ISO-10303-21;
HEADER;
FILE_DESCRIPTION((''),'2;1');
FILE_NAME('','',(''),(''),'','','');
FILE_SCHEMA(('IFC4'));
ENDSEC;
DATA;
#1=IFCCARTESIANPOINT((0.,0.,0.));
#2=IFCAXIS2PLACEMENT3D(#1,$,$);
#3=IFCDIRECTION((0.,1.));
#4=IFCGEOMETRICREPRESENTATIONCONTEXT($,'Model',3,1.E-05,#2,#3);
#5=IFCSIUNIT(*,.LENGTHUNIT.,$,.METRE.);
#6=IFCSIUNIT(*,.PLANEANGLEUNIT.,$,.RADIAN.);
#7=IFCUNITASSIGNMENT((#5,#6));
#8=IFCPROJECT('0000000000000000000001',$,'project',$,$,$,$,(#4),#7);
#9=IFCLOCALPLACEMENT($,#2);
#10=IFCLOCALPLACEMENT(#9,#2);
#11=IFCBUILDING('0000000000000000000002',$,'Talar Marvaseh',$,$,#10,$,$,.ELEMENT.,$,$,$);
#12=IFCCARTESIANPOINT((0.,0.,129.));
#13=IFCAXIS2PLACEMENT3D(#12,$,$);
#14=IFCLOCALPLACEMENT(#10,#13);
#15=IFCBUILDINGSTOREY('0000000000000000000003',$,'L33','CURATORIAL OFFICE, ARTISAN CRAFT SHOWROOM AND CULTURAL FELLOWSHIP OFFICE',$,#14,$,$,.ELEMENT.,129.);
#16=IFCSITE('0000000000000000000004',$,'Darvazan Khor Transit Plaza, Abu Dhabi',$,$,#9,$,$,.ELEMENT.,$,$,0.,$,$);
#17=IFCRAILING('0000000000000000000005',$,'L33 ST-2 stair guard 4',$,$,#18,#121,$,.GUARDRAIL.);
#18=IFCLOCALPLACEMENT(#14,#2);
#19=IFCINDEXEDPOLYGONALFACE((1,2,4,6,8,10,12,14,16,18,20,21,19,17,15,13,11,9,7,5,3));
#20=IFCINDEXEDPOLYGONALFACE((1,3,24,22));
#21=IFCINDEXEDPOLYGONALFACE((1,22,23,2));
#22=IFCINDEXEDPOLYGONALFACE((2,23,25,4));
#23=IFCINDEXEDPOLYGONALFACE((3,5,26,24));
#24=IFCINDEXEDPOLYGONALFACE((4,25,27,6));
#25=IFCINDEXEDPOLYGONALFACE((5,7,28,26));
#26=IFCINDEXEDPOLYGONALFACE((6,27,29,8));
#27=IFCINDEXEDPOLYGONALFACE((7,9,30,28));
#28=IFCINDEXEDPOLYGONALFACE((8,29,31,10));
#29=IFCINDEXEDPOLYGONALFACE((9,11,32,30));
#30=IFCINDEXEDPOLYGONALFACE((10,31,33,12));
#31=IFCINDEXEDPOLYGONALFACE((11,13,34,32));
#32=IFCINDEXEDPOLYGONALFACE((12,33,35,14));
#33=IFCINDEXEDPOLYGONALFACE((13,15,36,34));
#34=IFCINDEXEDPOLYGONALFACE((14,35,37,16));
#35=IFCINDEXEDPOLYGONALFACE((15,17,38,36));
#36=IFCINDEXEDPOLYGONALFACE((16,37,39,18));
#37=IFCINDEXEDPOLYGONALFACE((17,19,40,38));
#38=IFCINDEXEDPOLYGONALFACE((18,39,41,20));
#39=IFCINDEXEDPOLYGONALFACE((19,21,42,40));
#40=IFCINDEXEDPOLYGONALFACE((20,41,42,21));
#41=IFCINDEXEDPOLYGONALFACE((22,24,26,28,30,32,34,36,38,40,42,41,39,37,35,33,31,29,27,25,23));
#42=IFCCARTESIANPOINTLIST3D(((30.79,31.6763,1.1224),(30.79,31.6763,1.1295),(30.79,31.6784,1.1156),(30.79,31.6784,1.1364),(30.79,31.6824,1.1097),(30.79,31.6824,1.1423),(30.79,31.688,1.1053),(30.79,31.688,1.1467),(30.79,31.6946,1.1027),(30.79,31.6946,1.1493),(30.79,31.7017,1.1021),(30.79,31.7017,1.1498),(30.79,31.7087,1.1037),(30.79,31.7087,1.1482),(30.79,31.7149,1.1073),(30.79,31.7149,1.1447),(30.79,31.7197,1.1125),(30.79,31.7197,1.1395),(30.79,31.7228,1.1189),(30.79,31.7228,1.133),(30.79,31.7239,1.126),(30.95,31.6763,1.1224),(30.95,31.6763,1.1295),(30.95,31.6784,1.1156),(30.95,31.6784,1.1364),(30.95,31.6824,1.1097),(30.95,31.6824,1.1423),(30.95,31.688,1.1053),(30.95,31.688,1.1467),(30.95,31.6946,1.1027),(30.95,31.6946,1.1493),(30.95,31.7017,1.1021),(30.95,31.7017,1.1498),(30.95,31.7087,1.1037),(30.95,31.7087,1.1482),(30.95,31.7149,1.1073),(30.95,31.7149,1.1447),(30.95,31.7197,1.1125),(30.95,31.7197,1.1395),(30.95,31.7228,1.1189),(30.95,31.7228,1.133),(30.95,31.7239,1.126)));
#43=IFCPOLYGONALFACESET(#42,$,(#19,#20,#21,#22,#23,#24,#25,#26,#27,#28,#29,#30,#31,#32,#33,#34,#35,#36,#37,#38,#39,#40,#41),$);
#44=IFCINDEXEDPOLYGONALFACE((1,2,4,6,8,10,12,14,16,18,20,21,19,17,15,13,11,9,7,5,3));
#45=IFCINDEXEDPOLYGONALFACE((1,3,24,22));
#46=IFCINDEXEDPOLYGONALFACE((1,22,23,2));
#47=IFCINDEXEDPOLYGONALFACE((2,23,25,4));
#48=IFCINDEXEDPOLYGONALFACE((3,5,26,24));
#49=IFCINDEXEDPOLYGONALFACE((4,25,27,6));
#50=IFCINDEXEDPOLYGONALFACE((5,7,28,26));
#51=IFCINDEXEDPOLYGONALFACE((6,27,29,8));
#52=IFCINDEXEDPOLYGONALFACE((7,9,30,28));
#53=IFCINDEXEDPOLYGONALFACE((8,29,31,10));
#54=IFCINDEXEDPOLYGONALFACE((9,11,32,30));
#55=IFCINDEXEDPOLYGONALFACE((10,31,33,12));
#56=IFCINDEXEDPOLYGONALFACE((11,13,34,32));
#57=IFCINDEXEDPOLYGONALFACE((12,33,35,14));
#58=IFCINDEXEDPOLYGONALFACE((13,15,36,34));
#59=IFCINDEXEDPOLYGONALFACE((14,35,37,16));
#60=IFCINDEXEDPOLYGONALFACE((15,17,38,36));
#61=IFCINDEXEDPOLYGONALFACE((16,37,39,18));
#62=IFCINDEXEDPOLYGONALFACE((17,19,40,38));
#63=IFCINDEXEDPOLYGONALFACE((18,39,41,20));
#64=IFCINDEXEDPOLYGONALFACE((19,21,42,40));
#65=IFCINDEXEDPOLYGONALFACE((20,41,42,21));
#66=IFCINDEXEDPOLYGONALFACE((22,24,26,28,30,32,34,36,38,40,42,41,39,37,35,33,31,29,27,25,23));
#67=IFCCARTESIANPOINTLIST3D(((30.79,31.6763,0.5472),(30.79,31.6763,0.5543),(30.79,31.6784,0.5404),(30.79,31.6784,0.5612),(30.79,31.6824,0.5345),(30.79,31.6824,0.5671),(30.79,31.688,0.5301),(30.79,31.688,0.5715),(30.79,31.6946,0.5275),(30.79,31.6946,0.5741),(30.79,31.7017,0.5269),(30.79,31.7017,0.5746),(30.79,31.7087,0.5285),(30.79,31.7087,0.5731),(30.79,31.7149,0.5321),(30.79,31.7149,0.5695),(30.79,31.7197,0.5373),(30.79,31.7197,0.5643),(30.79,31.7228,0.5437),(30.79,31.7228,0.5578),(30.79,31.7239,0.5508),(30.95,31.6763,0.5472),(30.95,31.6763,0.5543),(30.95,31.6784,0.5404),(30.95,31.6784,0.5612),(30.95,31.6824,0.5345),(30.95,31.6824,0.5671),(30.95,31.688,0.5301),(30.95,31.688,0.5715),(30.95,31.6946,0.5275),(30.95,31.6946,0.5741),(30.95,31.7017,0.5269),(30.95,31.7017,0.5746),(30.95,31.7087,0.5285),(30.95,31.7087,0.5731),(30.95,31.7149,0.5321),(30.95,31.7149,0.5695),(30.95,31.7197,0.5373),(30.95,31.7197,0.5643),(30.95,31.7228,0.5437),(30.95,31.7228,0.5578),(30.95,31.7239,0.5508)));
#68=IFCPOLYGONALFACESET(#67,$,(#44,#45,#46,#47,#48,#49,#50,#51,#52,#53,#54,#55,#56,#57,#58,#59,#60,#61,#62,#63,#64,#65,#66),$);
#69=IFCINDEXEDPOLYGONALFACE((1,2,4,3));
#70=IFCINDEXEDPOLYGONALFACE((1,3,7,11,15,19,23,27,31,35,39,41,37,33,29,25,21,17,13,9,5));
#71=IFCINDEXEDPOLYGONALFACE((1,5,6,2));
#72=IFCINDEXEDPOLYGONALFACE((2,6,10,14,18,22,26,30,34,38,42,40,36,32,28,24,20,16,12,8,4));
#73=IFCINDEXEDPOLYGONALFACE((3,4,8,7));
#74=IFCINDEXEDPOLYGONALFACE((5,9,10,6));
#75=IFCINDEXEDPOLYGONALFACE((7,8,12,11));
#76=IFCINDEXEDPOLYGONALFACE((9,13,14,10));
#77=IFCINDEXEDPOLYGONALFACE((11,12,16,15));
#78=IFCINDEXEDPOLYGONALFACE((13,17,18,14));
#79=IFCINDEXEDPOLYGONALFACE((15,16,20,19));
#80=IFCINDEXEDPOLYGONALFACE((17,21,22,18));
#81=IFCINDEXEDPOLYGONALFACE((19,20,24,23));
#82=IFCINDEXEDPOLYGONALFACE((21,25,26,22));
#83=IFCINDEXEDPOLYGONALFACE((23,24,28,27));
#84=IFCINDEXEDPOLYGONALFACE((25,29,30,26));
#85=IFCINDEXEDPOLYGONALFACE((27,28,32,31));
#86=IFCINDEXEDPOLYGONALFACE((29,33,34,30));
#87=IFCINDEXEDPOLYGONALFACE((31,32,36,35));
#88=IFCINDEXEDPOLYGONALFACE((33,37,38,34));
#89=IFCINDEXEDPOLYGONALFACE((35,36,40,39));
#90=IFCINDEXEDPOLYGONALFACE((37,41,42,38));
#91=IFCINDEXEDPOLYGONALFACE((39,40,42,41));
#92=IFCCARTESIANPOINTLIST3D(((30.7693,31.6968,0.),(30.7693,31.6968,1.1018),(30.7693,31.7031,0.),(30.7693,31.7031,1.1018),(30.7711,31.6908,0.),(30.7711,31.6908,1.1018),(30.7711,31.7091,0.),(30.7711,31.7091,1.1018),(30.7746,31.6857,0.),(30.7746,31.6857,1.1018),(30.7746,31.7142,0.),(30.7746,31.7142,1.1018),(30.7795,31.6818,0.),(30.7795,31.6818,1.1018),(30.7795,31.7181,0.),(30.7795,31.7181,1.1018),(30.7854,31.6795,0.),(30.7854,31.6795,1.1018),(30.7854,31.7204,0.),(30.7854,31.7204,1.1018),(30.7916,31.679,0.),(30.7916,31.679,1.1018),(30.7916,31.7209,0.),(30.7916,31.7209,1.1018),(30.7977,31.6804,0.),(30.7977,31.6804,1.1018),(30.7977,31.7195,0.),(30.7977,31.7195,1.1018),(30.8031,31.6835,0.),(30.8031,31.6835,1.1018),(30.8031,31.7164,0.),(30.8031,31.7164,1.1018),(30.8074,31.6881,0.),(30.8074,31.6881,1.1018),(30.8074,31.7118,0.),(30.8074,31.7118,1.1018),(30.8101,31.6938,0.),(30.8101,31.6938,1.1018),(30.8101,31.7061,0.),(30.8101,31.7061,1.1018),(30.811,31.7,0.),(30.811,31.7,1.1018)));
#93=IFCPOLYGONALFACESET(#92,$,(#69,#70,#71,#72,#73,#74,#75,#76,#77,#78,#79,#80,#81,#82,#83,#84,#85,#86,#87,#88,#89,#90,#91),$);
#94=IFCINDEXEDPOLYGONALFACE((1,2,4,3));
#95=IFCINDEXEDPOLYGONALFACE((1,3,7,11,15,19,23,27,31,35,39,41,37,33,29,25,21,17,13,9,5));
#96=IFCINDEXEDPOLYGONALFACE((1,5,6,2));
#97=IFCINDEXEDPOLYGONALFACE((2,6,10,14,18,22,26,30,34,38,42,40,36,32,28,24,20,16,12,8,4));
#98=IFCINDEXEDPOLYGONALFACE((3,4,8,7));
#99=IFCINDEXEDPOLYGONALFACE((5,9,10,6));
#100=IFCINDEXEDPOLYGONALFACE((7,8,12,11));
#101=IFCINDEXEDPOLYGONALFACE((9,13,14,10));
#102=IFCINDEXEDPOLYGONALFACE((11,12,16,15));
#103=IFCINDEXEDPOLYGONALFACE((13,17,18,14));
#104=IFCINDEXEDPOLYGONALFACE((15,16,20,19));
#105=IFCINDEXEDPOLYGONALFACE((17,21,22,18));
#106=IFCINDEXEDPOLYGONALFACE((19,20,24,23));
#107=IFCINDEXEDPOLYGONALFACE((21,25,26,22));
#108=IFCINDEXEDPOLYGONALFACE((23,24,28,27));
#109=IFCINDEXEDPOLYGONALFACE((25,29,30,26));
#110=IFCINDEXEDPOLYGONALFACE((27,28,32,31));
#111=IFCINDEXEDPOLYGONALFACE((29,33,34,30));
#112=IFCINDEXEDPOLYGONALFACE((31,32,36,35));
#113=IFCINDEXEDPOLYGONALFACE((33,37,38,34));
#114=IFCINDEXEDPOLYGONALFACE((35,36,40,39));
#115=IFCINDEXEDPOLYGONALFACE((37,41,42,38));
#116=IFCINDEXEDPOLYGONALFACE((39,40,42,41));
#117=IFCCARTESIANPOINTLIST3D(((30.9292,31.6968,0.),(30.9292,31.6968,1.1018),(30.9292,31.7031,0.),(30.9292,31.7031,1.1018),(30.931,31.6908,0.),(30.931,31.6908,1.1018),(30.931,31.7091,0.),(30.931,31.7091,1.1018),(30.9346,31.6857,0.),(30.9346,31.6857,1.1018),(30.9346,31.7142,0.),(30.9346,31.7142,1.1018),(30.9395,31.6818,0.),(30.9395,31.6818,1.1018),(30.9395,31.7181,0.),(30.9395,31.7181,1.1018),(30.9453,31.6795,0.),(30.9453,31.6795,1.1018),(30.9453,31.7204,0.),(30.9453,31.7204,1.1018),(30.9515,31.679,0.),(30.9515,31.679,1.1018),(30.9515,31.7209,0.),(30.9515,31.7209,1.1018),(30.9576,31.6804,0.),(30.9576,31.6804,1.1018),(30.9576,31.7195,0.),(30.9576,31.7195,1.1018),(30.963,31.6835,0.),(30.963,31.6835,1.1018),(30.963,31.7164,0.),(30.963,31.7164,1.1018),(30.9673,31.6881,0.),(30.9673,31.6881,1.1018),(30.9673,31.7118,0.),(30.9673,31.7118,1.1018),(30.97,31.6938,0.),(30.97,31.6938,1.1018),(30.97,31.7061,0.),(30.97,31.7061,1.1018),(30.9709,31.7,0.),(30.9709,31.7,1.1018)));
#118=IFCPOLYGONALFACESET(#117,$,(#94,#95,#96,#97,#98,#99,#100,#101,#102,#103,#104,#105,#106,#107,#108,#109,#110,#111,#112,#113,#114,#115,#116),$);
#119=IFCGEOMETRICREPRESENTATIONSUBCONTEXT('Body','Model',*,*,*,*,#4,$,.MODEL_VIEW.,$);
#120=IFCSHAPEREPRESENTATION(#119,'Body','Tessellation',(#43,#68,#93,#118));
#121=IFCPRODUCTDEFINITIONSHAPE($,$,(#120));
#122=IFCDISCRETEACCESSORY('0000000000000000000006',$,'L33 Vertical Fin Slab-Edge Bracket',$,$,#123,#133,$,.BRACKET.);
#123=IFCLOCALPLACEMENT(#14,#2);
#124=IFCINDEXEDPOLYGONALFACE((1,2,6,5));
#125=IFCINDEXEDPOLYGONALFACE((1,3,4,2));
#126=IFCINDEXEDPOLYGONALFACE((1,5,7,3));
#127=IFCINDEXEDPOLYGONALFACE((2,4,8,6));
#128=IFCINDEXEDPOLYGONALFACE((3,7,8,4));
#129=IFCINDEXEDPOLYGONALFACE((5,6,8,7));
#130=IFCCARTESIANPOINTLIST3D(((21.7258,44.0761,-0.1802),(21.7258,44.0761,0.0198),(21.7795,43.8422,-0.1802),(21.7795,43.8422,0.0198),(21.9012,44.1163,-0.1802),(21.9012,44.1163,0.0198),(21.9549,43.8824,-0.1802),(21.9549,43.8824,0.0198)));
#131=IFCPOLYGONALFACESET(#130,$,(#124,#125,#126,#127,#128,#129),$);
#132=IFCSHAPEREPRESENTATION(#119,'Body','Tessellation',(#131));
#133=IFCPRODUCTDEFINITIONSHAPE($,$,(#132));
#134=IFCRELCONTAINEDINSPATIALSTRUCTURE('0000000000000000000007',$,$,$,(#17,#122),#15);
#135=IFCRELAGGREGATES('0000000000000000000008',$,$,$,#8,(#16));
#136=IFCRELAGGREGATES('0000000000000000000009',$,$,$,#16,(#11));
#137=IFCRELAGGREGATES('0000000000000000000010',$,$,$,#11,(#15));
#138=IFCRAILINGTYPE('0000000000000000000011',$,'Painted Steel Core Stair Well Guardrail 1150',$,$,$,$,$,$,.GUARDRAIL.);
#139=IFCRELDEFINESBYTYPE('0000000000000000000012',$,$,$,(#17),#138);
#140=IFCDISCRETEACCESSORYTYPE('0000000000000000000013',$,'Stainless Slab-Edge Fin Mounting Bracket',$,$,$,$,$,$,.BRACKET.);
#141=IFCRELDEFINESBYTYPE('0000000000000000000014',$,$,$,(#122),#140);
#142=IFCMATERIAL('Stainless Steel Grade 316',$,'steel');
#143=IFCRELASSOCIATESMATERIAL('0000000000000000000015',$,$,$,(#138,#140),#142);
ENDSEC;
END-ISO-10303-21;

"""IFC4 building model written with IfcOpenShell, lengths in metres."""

from ifc_helpers import new_model, si_unit, direction, frame, origin, origin_2d, place, context, subcontext, project, spatial, rectangle, circle, extrude, source, transform, mapped, material, type_object, type_shapes, element, save


model = new_model("IFC4")

# Units and contexts
model_context = context("Model", 3, precision=1e-05, world=origin(), true_north=direction((0.0, 1.0)))
body_context = subcontext(model_context, "Body", "Model", "MODEL_VIEW")
ifc_project = project(units=[si_unit("LENGTHUNIT", "METRE"), si_unit("PLANEANGLEUNIT", "RADIAN")], contexts=[model_context])

# Site, building, storey
site_placement = place(None, origin())
site = spatial("IfcSite", under=ifc_project, at=site_placement, Name="Darvazan Khor Transit Plaza, Abu Dhabi", CompositionType="ELEMENT", RefElevation=0.0)
building_placement = place(site_placement, origin())
building = spatial("IfcBuilding", under=site, at=building_placement, Name="Talar Marvaseh", CompositionType="ELEMENT")
storey_placement = place(building_placement, frame((0.0, 0.0, 129.0)))
storey = spatial("IfcBuildingStorey", under=building, at=storey_placement, Name="L33", Description="CURATORIAL OFFICE, ARTISAN CRAFT SHOWROOM AND CULTURAL FELLOWSHIP OFFICE", CompositionType="ELEMENT", Elevation=129.0)

# Shared definitions
ifc_material_1 = material(Name="Stainless Steel Grade 316", Category="steel")

# Railing
railing_type_1 = type_object("IfcRailingType", Name="Painted Steel Core Stair Well Guardrail 1150", PredefinedType="GUARDRAIL", material=ifc_material_1)
railing_1_placement = place(storey_placement, frame((30.79, 31.7, 0.0)))
element("IfcRailing", 1, at=railing_1_placement, inside=storey, type_object=railing_type_1, Name="L33 ST-2 stair guard 4", PredefinedType="GUARDRAIL", context=body_context, shape_type="SweptSolid", body=[
    extrude(circle(Radius=0.0239, at=origin_2d()), frame((0.0, 0.0, 1.126), z_axis=(1.0, 0.0, 0.0), x_axis=(0.0, 1.0, 0.0)), (0.0, 0.0, 1.0), 0.1599),
    extrude(circle(Radius=0.0239, at=origin_2d()), frame((0.0, 0.0, 0.5508), z_axis=(1.0, 0.0, 0.0), x_axis=(0.0, 1.0, 0.0)), (0.0, 0.0, 1.0), 0.1599),
    extrude(circle(Radius=0.021, at=origin_2d()), origin(), (0.0, 0.0, 1.0), 1.1018),
    extrude(circle(Radius=0.021, at=origin_2d()), frame((0.1599, 0.0, 0.0)), (0.0, 0.0, 1.0), 1.1018),
])

# Discrete accessory
discrete_accessory_type = type_object("IfcDiscreteAccessoryType", Name="Stainless Slab-Edge Fin Mounting Bracket", PredefinedType="BRACKET", material=ifc_material_1)
shared_shape_1 = source(origin(), body_context, "Body", "SweptSolid", [
    extrude(rectangle(XDim=0.24, YDim=0.1799, at=origin_2d()), origin(), (0.0, 0.0, 1.0), 0.2),
])
type_shapes(discrete_accessory_type, [shared_shape_1])
discrete_accessory_placement = place(storey_placement, frame((21.8403, 43.9792, -0.1802), z_axis=(0.0, 0.0, 1.0), x_axis=(-0.22376, 0.974644, 0.0)))
element("IfcDiscreteAccessory", 2, at=discrete_accessory_placement, inside=storey, type_object=discrete_accessory_type, Name="L33 Vertical Fin Slab-Edge Bracket", PredefinedType="BRACKET", context=body_context, shape_type="MappedRepresentation", body=[
    mapped(shared_shape_1, transform((0.0, 0.0, 0.0), x_axis=(1.0, 0.0, 0.0), y_axis=(0.0, 1.0, 0.0), z_axis=(0.0, 0.0, 1.0), scale=1.0)),
])

save(model, "model.ifc")
